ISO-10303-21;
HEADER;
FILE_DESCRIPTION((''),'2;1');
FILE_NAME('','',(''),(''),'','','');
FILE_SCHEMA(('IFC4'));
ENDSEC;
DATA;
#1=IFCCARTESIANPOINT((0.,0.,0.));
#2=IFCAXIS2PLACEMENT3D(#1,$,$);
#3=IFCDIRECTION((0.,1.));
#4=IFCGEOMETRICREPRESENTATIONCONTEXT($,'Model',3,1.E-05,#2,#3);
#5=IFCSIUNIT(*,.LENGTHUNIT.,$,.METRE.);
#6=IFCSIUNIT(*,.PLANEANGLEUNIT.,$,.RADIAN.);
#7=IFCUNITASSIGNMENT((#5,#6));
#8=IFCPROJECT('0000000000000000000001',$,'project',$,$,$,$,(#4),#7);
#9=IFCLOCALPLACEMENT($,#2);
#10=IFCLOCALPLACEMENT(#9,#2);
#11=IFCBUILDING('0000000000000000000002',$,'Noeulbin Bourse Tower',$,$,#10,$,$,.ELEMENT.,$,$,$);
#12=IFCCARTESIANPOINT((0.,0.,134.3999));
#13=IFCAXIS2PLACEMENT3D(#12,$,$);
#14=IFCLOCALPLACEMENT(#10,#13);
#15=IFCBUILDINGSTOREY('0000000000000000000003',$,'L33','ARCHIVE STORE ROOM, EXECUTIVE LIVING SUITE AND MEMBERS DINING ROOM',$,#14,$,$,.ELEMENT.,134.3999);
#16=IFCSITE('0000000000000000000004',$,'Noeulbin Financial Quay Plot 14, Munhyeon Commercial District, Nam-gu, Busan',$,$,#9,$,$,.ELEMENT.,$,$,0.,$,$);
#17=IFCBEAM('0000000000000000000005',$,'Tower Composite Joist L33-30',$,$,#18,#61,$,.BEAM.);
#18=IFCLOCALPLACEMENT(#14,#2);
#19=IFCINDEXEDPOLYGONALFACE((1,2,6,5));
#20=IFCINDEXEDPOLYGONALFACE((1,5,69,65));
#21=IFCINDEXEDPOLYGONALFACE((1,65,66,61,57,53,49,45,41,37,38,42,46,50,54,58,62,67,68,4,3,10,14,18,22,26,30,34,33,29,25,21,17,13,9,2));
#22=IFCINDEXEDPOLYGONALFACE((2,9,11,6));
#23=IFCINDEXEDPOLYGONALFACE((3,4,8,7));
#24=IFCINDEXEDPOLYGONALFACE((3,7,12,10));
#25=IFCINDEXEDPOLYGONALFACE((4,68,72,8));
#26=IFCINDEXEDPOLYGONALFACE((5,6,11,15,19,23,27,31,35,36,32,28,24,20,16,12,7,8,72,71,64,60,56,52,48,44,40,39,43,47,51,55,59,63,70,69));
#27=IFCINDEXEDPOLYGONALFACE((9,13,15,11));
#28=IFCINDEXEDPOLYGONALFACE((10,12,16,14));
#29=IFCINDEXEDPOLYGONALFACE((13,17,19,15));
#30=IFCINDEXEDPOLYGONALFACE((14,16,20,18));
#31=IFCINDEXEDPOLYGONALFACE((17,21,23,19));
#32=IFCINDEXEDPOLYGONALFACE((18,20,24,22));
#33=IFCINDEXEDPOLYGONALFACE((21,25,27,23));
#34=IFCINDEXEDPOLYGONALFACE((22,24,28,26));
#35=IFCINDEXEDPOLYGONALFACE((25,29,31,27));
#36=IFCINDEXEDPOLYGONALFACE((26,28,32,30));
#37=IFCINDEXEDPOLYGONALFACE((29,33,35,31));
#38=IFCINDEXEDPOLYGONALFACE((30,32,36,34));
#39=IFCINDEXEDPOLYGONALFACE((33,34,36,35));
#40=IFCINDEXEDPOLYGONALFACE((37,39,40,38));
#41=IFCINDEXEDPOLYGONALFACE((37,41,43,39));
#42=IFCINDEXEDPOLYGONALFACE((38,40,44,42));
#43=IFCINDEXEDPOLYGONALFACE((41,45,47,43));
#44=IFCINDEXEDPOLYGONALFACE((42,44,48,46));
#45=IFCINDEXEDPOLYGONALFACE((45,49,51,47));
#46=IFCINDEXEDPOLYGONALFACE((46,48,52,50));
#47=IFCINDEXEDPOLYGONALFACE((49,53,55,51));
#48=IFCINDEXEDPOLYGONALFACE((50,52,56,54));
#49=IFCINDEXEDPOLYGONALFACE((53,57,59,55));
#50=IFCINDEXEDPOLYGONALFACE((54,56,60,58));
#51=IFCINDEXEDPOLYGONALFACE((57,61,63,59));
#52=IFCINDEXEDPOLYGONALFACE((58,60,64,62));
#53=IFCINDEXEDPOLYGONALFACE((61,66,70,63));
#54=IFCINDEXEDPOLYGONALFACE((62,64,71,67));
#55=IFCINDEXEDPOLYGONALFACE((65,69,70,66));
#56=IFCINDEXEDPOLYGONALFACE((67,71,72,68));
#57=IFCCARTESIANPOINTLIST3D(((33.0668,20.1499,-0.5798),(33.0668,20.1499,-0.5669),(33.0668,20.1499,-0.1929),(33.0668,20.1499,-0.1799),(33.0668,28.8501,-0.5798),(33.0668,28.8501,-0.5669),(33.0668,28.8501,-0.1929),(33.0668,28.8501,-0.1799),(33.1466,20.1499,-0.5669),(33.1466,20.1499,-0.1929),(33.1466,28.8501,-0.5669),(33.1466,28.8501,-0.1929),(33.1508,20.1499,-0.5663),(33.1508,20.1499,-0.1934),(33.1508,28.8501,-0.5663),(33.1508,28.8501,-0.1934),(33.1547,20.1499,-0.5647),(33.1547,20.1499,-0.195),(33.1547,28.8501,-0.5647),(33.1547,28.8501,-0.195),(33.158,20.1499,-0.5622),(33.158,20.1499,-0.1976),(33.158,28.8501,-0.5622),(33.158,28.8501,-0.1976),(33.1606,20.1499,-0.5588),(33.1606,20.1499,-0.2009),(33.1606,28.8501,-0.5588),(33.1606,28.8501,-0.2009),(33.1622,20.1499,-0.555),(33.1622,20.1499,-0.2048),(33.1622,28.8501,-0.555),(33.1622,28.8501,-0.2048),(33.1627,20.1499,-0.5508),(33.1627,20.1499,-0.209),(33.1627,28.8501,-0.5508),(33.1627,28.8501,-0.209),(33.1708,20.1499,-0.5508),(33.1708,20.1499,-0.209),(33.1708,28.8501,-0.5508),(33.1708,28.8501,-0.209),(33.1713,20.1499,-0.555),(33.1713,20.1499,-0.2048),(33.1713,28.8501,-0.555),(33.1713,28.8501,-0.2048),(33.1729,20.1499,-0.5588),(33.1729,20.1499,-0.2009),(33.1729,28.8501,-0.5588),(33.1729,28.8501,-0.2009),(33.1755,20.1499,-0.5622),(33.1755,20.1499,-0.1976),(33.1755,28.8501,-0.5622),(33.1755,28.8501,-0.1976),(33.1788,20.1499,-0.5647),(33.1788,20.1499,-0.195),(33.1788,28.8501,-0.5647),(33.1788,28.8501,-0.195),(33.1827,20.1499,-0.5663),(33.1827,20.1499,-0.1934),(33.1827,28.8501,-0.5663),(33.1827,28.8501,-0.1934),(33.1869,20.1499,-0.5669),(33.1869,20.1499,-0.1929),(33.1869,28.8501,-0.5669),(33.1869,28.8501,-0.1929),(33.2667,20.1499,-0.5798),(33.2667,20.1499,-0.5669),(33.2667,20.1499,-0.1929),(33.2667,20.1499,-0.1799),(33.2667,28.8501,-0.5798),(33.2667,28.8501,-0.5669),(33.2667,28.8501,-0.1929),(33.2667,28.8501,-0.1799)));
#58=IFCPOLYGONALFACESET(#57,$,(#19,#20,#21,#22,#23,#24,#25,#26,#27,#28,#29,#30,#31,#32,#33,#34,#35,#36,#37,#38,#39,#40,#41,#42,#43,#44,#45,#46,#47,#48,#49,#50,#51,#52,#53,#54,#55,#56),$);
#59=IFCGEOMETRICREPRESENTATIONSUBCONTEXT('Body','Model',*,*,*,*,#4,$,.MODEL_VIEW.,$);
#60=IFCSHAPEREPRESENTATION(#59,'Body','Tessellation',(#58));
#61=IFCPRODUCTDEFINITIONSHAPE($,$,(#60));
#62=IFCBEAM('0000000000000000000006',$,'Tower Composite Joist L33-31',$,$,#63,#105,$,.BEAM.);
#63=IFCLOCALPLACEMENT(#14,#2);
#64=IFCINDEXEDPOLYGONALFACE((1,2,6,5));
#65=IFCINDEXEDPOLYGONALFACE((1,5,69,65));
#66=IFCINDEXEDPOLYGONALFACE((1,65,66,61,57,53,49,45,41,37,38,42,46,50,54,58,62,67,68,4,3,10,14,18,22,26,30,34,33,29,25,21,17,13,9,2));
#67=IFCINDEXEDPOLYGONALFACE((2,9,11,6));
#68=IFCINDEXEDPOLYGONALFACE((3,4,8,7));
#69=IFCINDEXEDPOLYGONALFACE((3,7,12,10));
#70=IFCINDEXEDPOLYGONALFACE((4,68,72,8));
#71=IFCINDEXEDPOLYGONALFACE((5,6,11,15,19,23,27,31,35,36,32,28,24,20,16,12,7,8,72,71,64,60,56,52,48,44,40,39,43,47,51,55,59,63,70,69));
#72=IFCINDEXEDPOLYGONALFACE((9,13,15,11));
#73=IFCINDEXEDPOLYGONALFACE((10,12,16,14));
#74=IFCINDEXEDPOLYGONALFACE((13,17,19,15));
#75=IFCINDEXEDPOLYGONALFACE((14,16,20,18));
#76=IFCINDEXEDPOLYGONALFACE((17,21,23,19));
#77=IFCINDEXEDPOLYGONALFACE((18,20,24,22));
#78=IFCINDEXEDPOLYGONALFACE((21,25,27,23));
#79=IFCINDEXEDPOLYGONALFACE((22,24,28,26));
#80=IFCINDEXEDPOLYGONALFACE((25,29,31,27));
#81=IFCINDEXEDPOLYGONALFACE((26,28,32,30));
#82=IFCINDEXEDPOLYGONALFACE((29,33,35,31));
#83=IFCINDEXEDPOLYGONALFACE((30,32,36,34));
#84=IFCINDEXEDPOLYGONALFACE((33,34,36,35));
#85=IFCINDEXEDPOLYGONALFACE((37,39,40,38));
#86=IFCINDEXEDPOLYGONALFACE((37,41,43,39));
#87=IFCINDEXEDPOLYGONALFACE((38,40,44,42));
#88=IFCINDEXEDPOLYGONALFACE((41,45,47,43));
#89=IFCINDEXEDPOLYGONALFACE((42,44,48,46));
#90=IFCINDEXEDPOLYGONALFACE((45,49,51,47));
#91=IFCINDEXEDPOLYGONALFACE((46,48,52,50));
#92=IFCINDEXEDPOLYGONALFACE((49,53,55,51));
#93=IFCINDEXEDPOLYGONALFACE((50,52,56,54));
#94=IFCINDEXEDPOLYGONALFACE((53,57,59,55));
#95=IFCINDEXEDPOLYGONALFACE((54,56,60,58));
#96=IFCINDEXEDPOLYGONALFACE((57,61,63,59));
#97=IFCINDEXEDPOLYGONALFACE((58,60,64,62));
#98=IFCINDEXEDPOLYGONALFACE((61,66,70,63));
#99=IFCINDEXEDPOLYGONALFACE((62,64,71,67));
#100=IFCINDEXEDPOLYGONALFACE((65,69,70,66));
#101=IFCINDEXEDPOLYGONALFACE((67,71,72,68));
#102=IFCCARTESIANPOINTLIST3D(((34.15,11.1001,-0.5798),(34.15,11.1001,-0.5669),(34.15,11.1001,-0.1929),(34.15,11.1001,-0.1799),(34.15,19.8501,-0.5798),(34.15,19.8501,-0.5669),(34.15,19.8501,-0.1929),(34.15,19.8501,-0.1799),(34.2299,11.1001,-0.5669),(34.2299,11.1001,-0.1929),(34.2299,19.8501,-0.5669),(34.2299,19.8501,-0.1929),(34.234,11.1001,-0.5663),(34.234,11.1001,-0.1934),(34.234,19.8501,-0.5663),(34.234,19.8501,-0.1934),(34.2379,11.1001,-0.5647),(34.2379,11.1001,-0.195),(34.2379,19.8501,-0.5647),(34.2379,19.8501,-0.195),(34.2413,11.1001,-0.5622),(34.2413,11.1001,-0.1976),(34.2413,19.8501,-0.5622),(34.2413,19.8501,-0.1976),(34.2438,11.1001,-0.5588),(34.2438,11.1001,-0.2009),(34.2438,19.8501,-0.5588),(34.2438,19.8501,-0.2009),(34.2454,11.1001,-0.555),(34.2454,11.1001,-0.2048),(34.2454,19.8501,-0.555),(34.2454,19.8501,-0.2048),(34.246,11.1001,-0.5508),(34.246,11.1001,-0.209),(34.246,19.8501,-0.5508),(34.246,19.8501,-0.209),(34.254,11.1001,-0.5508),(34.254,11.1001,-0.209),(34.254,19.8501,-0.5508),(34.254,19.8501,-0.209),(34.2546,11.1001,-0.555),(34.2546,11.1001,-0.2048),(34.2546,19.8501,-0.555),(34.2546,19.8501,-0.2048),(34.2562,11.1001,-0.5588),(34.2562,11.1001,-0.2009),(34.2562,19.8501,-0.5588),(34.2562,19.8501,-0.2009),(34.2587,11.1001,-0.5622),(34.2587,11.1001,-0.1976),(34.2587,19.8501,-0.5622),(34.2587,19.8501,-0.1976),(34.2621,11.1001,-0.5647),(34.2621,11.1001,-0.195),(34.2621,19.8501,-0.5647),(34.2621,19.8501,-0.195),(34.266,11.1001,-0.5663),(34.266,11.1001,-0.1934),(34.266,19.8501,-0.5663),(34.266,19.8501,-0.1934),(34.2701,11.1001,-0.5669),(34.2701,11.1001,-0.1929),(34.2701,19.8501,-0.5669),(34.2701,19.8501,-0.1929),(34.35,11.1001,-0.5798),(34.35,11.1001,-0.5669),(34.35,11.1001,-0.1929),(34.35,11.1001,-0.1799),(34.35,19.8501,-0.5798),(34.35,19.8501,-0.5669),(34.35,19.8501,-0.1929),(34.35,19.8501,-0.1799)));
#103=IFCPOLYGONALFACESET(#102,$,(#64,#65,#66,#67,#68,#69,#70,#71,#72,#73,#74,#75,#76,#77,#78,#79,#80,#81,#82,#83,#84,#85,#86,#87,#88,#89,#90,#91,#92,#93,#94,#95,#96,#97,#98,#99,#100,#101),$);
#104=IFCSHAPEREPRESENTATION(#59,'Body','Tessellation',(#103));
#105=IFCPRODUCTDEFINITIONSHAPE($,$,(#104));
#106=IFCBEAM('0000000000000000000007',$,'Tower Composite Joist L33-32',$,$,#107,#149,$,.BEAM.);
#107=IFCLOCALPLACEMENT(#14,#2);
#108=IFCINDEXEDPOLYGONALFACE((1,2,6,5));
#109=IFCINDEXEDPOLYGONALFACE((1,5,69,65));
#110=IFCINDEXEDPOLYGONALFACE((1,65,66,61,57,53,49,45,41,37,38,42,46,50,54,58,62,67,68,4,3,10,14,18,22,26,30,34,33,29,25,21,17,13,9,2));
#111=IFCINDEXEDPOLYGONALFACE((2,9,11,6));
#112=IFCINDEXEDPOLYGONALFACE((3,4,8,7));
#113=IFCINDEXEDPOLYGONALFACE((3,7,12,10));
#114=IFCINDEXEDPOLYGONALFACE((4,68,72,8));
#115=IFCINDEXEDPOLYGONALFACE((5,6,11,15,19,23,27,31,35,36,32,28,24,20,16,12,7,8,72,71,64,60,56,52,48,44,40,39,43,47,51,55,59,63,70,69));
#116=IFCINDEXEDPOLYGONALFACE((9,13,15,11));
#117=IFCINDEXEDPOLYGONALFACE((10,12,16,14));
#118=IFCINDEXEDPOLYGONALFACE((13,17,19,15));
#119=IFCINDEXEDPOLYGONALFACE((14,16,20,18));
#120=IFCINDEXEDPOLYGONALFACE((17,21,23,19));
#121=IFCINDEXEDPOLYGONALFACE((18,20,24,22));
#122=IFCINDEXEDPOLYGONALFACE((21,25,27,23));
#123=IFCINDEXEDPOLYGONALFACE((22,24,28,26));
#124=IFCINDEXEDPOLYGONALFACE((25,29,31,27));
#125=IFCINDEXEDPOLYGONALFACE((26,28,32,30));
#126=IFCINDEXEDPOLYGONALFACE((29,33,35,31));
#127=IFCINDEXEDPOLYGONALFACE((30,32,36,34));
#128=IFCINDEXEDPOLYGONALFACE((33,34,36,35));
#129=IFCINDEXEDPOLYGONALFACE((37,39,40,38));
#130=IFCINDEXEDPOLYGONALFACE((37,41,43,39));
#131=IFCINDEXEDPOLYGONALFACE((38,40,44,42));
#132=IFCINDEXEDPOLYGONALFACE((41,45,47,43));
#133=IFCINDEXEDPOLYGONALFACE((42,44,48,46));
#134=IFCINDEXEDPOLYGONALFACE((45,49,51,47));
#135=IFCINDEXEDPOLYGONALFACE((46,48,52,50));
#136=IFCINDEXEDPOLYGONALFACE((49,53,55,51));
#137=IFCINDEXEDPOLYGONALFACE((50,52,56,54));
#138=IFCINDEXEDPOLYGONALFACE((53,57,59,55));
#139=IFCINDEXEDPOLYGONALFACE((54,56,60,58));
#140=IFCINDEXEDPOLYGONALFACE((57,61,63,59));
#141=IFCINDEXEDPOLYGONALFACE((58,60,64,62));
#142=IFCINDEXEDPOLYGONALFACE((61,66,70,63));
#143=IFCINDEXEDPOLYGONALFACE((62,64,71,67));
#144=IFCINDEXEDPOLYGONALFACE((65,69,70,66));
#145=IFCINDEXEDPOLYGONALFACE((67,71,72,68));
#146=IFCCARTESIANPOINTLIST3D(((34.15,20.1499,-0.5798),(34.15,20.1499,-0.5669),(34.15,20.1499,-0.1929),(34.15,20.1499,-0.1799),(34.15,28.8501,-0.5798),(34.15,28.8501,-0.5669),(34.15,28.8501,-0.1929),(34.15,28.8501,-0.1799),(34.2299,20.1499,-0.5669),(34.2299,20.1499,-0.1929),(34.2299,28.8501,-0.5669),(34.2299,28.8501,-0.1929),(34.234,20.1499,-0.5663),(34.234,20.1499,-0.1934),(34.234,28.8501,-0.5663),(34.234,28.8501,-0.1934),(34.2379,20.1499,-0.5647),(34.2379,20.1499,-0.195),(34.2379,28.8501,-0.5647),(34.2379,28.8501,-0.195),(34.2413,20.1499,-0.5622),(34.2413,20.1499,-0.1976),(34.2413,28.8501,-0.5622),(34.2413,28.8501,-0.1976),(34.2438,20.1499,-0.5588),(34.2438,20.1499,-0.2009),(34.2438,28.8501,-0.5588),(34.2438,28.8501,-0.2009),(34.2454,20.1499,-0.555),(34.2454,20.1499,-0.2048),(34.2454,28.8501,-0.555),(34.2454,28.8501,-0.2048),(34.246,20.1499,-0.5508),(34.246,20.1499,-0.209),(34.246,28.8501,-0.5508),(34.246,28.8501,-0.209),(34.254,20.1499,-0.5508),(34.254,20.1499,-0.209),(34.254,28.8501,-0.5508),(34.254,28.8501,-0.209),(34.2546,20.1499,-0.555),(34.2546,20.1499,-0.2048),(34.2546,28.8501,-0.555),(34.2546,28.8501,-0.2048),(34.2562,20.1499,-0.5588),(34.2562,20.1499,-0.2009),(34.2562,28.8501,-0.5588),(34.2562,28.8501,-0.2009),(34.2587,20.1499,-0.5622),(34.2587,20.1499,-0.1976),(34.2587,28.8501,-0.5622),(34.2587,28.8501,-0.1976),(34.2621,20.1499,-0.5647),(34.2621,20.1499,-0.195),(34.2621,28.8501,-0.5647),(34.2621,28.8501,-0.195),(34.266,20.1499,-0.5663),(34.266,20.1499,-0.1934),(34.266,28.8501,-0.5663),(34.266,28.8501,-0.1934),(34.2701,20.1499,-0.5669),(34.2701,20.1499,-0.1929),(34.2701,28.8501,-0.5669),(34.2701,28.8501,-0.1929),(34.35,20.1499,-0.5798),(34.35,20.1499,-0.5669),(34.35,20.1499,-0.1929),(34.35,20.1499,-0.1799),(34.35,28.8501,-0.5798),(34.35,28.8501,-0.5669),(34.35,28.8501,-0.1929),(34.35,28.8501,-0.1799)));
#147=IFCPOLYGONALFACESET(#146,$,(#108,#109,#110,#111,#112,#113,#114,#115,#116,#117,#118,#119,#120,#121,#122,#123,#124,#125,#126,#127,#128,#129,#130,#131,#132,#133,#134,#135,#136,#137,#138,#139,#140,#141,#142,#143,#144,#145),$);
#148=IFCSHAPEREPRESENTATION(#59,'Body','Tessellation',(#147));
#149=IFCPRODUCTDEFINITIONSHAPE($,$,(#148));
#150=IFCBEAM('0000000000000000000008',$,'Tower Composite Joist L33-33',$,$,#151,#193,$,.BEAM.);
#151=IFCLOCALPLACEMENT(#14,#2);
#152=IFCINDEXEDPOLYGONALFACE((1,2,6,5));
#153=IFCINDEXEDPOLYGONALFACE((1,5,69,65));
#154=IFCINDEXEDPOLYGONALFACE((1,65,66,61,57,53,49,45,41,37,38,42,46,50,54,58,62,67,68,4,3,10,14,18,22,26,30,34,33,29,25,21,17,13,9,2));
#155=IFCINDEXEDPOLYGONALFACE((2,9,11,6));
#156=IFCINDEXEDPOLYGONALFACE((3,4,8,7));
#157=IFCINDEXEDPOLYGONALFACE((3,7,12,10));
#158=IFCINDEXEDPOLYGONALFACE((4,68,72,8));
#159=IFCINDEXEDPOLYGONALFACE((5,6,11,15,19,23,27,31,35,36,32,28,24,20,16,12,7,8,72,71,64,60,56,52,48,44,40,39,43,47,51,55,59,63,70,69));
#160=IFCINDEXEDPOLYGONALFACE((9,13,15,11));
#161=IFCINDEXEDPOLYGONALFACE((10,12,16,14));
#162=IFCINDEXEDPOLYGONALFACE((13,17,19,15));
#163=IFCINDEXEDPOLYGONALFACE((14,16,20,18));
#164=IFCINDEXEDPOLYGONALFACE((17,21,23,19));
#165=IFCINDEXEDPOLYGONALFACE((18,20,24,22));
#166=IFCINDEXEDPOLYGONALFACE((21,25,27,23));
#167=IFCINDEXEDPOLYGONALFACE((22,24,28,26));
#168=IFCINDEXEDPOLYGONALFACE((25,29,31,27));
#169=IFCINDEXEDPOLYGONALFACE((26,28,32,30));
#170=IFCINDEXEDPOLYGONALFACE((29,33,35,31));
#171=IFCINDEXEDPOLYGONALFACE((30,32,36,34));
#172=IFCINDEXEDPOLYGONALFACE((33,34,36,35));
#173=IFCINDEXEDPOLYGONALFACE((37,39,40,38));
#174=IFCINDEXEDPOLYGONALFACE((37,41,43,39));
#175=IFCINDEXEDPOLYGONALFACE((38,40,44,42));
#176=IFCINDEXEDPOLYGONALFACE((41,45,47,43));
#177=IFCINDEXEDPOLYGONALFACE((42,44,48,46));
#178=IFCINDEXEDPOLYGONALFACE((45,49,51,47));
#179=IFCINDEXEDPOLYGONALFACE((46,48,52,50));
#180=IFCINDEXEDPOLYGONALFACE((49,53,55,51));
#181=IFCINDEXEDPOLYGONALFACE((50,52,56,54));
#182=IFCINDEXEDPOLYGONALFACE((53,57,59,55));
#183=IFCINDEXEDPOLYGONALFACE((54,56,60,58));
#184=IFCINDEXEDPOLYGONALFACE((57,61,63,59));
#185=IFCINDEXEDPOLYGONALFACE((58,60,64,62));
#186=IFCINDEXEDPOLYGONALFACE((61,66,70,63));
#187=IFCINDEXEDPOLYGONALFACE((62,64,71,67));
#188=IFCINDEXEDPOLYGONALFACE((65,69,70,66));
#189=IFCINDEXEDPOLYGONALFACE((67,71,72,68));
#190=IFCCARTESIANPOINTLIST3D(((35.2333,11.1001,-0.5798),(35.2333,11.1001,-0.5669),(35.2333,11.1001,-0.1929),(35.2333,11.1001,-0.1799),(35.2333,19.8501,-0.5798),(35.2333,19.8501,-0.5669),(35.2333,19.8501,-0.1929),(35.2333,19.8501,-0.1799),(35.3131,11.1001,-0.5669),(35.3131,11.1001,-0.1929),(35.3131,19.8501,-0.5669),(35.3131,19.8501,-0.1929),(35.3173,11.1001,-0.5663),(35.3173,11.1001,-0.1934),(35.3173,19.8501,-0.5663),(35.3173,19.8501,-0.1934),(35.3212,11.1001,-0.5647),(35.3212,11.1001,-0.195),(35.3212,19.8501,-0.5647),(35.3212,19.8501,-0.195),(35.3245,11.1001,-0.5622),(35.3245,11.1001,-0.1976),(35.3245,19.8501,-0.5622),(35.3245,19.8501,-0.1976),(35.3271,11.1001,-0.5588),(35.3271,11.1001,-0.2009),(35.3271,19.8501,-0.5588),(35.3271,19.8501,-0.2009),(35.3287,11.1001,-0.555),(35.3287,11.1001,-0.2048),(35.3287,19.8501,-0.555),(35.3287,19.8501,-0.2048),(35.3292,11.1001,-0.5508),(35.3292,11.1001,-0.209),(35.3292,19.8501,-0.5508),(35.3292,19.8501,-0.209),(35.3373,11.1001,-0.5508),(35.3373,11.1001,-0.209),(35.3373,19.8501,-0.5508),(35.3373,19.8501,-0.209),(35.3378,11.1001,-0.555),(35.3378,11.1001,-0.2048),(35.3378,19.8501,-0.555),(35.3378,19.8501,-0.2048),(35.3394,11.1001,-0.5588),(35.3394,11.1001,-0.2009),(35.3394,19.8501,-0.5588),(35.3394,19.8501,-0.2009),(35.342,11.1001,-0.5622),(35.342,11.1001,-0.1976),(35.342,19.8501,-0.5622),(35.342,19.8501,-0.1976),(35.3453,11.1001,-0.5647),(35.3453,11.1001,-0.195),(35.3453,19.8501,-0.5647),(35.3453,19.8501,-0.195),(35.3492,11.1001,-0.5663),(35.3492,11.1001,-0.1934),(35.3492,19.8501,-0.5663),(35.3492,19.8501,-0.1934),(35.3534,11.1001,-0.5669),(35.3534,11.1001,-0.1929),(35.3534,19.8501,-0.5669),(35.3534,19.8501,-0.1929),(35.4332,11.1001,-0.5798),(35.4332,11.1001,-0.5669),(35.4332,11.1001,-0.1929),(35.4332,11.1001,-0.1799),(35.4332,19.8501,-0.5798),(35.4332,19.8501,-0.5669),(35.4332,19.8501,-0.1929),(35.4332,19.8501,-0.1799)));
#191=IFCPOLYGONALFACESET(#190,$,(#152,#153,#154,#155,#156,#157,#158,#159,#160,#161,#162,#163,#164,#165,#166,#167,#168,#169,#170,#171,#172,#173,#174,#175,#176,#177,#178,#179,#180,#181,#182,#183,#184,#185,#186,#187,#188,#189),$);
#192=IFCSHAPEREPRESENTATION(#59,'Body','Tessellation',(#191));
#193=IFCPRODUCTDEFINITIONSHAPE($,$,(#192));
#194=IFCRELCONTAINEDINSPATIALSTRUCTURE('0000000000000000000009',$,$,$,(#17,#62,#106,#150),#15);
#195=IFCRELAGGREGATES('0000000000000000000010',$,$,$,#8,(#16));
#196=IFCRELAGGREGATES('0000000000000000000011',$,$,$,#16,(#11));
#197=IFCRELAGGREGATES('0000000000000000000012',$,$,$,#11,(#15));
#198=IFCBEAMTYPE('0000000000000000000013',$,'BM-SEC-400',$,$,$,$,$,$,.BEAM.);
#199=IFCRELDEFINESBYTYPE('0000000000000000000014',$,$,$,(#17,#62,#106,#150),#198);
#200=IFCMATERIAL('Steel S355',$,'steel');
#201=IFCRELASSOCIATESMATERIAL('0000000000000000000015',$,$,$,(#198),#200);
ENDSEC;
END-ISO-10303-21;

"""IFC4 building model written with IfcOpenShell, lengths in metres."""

from ifc_helpers import new_model, si_unit, direction, frame, origin, origin_2d, place, context, subcontext, project, spatial, i_section, extrude, material, material_profile, profile_set, type_object, element, save


model = new_model("IFC4")

# Units and contexts
model_context = context("Model", 3, precision=1e-05, world=origin(), true_north=direction((0.0, 1.0)))
body_context = subcontext(model_context, "Body", "Model", "MODEL_VIEW")
ifc_project = project(units=[si_unit("LENGTHUNIT", "METRE"), si_unit("PLANEANGLEUNIT", "RADIAN")], contexts=[model_context])

# Site, building, storey
site_placement = place(None, origin())
site = spatial("IfcSite", under=ifc_project, at=site_placement, Name="Noeulbin Financial Quay Plot 14, Munhyeon Commercial District, Nam-gu, Busan", CompositionType="ELEMENT", RefElevation=0.0)
building_placement = place(site_placement, origin())
building = spatial("IfcBuilding", under=site, at=building_placement, Name="Noeulbin Bourse Tower", CompositionType="ELEMENT")
storey_placement = place(building_placement, frame((0.0, 0.0, 134.3999)))
storey = spatial("IfcBuildingStorey", under=building, at=storey_placement, Name="L33", Description="ARCHIVE STORE ROOM, EXECUTIVE LIVING SUITE AND MEMBERS DINING ROOM", CompositionType="ELEMENT", Elevation=134.3999)

# Shared definitions
ifc_material_1 = material(Name="Steel S355", Category="steel")

# Beams
ifc_material_profile_1 = material_profile(ifc_material_1, i_section(OverallWidth=0.2, OverallDepth=0.3999, WebThickness=0.0081, FlangeThickness=0.0129, FilletRadius=0.0161, at=origin_2d()), Name="H-400x200x8x13", Category="LoadBearing")
ifc_profile_set_1 = profile_set([ifc_material_profile_1], Name="Steel S355")
beam_type_1 = type_object("IfcBeamType", Name="BM-SEC-400", PredefinedType="BEAM", material=ifc_profile_set_1)
beam_1_placement = place(storey_placement, frame((33.1667, 20.1499, -0.3799), z_axis=(0.0, 1.0, 0.0), x_axis=(-1.0, 0.0, 0.0)))
element("IfcBeam", 1, at=beam_1_placement, inside=storey, type_object=beam_type_1, Name="Tower Composite Joist L33-30", PredefinedType="BEAM", context=body_context, shape_type="SweptSolid", body=[
    extrude(i_section(OverallWidth=0.2, OverallDepth=0.3999, WebThickness=0.0081, FlangeThickness=0.0129, FilletRadius=0.0161, at=origin_2d()), origin(), (0.0, 0.0, 1.0), 8.7002),
])
beam_2_placement = place(storey_placement, frame((34.25, 11.1001, -0.3799), z_axis=(0.0, 1.0, 0.0), x_axis=(-1.0, 0.0, 0.0)))
element("IfcBeam", 2, at=beam_2_placement, inside=storey, type_object=beam_type_1, Name="Tower Composite Joist L33-31", PredefinedType="BEAM", context=body_context, shape_type="SweptSolid", body=[
    extrude(i_section(OverallWidth=0.2, OverallDepth=0.3999, WebThickness=0.0081, FlangeThickness=0.0129, FilletRadius=0.0161, at=origin_2d()), origin(), (0.0, 0.0, 1.0), 8.75),
])
beam_3_placement = place(storey_placement, frame((34.25, 20.1499, -0.3799), z_axis=(0.0, 1.0, 0.0), x_axis=(-1.0, 0.0, 0.0)))
element("IfcBeam", 3, at=beam_3_placement, inside=storey, type_object=beam_type_1, Name="Tower Composite Joist L33-32", PredefinedType="BEAM", context=body_context, shape_type="SweptSolid", body=[
    extrude(i_section(OverallWidth=0.2, OverallDepth=0.3999, WebThickness=0.0081, FlangeThickness=0.0129, FilletRadius=0.0161, at=origin_2d()), origin(), (0.0, 0.0, 1.0), 8.7002),
])
for number, where, z_axis, x_axis, name in (
    (4, (35.3333, 11.1001, -0.3799), (0.0, 1.0, 0.0), (-1.0, 0.0, 0.0), "Tower Composite Joist L33-33"),
):
    element("IfcBeam", number, at=place(storey_placement, frame(where, z_axis=z_axis, x_axis=x_axis)), inside=storey, type_object=beam_type_1, Name=name, PredefinedType="BEAM", context=body_context, shape_type="SweptSolid", body=[
        extrude(i_section(OverallWidth=0.2, OverallDepth=0.3999, WebThickness=0.0081, FlangeThickness=0.0129, FilletRadius=0.0161, at=origin_2d()), origin(), (0.0, 0.0, 1.0), 8.75),
    ])

save(model, "model.ifc")
